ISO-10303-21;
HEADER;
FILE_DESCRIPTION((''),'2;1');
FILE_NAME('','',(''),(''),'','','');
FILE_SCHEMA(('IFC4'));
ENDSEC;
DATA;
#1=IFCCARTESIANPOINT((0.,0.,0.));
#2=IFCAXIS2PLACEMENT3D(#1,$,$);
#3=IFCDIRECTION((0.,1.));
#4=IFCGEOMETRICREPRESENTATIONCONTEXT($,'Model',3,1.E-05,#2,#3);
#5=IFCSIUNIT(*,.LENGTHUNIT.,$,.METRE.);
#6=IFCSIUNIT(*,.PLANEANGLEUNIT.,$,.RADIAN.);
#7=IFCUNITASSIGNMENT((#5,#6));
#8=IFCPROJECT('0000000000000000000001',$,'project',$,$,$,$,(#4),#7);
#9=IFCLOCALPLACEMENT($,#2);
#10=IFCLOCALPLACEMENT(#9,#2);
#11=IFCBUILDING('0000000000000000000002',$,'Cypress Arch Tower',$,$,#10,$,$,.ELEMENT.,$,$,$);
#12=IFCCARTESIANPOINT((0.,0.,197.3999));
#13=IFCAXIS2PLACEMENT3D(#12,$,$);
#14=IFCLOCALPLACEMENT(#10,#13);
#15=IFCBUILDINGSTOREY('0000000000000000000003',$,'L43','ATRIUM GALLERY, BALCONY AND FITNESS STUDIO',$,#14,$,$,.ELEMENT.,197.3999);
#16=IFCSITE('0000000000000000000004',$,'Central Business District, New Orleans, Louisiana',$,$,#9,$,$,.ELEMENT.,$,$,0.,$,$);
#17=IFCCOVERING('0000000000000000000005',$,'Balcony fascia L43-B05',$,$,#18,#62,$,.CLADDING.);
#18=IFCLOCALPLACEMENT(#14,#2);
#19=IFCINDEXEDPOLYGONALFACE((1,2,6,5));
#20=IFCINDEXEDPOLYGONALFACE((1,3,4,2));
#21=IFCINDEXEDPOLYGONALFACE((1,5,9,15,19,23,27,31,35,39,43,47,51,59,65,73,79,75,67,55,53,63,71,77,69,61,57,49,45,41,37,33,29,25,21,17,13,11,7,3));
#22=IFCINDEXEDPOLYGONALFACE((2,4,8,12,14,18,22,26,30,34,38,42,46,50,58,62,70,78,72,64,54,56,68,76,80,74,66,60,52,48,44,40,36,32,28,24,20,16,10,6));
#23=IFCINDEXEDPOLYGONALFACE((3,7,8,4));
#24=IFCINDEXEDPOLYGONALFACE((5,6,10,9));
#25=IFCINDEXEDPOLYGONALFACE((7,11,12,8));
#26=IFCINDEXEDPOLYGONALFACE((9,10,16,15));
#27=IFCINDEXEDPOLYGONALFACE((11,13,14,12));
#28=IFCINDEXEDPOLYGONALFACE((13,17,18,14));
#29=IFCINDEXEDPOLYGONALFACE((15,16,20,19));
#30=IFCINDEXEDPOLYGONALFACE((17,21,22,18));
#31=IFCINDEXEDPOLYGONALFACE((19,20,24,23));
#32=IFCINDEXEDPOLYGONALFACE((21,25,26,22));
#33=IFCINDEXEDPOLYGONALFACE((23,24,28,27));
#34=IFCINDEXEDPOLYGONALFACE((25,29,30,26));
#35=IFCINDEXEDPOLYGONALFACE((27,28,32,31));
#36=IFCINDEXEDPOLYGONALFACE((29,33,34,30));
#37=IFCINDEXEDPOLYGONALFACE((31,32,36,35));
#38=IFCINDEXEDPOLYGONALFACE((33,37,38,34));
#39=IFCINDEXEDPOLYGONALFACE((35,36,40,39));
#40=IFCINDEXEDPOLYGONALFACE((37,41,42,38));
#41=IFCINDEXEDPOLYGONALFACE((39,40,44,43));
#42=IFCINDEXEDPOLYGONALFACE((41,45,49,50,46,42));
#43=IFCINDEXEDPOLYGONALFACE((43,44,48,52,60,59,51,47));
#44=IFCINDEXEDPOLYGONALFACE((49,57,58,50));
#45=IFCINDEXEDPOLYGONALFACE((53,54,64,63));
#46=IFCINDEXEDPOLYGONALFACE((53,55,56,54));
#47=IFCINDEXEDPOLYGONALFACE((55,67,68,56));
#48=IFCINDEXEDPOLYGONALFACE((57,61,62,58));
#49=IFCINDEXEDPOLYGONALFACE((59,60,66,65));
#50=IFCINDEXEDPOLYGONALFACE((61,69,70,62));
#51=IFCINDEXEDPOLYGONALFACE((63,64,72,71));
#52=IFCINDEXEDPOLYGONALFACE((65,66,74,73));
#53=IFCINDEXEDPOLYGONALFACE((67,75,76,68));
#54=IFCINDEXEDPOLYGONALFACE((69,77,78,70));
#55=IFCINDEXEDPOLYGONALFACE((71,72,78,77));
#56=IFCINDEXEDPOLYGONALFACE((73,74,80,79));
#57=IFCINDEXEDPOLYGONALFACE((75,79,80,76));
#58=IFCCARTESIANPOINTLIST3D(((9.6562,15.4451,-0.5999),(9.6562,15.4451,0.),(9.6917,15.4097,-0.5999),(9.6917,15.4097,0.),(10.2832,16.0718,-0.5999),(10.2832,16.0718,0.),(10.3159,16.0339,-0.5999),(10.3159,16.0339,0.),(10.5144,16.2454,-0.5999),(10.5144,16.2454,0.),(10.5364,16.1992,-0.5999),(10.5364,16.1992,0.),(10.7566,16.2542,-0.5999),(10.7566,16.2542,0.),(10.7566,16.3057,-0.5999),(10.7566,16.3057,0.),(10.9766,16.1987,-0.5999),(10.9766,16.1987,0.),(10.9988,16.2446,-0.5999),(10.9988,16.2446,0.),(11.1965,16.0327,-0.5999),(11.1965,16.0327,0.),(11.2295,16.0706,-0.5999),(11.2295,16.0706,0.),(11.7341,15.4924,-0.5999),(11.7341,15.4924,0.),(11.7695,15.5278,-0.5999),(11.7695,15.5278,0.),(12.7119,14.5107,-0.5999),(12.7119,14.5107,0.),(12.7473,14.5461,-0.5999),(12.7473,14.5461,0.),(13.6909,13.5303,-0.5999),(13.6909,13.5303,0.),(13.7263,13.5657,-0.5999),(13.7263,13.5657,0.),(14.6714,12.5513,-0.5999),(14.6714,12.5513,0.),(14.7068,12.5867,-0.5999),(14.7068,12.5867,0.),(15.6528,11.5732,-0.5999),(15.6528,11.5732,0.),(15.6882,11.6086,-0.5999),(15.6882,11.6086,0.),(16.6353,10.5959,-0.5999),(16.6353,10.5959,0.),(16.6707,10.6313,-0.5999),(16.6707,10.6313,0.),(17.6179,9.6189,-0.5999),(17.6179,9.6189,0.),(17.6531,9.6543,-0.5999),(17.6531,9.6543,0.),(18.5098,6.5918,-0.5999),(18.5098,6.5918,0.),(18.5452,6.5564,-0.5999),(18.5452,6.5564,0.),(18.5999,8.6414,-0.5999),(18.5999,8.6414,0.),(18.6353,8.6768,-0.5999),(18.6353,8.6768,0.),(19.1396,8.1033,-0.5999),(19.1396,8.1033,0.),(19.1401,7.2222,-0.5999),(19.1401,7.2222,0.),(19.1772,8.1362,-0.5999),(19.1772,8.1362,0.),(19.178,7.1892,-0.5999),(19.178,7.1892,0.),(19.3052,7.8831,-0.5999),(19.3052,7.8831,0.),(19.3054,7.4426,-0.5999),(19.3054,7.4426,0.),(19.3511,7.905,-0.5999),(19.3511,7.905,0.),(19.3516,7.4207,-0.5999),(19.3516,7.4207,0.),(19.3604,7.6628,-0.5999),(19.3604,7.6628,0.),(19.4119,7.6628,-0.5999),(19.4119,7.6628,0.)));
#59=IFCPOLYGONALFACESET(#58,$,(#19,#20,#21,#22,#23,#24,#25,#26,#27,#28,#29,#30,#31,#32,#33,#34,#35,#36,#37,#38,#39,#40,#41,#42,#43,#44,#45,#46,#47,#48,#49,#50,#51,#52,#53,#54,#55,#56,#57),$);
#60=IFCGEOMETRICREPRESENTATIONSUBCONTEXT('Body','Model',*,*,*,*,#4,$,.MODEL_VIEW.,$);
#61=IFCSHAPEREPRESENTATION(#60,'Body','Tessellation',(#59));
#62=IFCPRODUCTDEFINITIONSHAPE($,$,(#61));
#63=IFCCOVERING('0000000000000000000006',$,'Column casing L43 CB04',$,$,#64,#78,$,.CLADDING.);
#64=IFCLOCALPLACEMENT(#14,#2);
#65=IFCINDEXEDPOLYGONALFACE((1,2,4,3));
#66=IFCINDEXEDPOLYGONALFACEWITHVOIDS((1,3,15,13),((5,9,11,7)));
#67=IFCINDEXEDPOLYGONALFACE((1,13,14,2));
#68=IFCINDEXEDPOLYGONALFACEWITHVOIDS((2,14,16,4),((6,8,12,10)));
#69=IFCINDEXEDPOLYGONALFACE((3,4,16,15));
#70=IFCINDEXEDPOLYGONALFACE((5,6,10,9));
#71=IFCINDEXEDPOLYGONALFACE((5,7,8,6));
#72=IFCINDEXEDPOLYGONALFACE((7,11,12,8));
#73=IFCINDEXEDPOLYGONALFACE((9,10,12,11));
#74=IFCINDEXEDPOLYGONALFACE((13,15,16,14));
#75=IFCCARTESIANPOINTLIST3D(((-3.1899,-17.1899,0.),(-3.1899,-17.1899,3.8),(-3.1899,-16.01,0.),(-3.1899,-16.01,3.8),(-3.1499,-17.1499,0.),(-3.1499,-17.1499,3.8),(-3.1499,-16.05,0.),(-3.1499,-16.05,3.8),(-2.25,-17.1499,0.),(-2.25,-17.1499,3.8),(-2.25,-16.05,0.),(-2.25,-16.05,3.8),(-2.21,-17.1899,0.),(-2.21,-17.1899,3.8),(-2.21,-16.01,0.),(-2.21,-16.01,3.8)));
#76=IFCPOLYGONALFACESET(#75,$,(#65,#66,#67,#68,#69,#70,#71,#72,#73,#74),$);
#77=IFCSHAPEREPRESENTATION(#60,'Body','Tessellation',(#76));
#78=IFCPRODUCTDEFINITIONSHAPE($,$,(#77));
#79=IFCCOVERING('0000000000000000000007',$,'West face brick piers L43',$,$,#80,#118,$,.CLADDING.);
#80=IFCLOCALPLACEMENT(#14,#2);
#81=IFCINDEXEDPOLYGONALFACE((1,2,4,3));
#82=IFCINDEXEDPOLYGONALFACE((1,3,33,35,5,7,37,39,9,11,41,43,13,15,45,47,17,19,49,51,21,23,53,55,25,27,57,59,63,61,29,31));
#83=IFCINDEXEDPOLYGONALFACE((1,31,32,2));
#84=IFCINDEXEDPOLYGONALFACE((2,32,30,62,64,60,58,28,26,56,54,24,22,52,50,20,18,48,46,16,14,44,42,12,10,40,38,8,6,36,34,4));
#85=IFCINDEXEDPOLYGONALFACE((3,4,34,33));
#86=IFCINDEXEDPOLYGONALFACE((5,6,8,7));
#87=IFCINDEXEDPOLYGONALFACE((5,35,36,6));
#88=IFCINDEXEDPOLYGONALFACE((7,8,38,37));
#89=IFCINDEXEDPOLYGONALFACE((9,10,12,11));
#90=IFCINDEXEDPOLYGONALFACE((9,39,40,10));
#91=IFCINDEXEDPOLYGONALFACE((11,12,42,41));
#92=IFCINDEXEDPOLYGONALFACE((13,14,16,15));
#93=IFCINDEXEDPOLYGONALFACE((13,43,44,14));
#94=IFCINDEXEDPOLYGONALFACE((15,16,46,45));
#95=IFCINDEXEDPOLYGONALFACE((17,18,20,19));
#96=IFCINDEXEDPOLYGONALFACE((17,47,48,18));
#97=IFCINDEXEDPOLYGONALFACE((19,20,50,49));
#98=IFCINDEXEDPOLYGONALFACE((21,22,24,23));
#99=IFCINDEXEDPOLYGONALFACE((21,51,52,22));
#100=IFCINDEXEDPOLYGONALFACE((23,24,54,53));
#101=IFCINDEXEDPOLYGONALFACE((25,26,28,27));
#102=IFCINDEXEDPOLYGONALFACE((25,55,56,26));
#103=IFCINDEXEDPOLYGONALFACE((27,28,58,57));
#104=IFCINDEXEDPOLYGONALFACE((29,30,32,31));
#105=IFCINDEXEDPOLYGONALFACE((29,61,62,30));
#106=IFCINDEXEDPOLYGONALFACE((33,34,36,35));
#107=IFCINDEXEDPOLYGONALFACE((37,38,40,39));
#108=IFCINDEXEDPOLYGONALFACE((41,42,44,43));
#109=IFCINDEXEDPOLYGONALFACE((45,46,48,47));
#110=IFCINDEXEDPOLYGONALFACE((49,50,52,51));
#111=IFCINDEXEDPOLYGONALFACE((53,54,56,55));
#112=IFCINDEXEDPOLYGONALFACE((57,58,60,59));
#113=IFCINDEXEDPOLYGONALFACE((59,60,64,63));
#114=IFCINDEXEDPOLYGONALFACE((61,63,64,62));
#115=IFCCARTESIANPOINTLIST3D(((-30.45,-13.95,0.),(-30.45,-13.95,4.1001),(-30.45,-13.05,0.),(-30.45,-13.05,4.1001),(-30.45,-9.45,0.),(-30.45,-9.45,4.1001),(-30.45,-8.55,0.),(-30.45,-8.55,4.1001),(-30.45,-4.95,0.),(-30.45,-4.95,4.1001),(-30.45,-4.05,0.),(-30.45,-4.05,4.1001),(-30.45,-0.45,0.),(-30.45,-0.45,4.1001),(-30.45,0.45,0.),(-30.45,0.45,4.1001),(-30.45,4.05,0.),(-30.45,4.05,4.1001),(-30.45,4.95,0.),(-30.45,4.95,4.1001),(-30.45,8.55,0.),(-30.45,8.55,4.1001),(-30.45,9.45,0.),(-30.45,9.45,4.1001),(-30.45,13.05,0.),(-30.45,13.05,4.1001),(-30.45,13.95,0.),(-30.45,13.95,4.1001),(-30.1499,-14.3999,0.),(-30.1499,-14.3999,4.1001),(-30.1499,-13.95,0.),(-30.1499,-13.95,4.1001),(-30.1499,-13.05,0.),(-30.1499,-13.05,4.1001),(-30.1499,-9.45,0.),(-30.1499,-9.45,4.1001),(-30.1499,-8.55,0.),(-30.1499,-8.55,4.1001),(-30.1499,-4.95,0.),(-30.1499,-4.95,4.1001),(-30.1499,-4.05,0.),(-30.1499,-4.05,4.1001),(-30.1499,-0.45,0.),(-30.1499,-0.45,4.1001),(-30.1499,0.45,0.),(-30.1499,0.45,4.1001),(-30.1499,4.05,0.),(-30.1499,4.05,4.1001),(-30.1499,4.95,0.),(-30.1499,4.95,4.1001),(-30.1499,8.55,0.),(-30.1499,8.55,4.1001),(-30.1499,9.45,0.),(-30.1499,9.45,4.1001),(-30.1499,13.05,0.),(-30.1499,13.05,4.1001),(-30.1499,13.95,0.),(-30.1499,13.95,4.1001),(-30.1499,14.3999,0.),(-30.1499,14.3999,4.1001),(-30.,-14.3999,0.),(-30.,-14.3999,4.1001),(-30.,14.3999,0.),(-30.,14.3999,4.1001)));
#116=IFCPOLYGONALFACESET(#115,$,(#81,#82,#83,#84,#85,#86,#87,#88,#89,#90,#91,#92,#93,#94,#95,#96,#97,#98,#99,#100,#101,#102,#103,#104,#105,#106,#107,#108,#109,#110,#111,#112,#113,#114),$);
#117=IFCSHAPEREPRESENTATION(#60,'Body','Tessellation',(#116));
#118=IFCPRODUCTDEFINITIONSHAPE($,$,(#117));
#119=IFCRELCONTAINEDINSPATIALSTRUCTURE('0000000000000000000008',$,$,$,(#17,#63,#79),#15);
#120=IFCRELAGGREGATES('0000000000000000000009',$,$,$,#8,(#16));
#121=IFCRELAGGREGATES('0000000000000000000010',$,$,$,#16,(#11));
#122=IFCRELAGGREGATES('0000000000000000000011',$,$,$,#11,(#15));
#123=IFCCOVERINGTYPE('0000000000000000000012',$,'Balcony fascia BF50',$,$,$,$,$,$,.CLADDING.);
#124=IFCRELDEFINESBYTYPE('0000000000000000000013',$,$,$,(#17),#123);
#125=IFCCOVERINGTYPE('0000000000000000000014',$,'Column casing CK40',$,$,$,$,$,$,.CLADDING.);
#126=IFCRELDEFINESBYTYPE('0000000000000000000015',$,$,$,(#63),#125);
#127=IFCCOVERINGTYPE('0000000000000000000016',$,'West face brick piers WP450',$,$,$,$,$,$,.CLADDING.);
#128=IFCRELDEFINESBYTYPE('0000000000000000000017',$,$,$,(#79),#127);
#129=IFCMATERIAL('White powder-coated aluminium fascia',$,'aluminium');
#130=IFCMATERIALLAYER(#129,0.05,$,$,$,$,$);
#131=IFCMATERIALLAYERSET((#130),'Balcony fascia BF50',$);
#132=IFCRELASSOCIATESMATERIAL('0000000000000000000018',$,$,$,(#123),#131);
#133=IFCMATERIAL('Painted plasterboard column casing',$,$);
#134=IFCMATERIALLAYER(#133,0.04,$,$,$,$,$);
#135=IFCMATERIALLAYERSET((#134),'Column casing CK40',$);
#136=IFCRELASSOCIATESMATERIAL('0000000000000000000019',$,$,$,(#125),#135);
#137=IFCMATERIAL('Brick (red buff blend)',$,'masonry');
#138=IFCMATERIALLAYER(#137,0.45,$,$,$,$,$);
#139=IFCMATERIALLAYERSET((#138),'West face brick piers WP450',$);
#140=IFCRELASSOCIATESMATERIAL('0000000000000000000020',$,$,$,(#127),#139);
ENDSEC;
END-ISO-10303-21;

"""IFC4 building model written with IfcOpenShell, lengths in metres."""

from ifc_helpers import new_model, si_unit, direction, frame, origin, place, context, subcontext, project, spatial, polyline, outline, extrude, material, layer, layer_set, type_object, element, save


model = new_model("IFC4")

# Units and contexts
model_context = context("Model", 3, precision=1e-05, world=origin(), true_north=direction((0.0, 1.0)))
body_context = subcontext(model_context, "Body", "Model", "MODEL_VIEW")
ifc_project = project(units=[si_unit("LENGTHUNIT", "METRE"), si_unit("PLANEANGLEUNIT", "RADIAN")], contexts=[model_context])

# Site, building, storey
site_placement = place(None, origin())
site = spatial("IfcSite", under=ifc_project, at=site_placement, Name="Central Business District, New Orleans, Louisiana", CompositionType="ELEMENT", RefElevation=0.0)
building_placement = place(site_placement, origin())
building = spatial("IfcBuilding", under=site, at=building_placement, Name="Cypress Arch Tower", CompositionType="ELEMENT")
storey_placement = place(building_placement, frame((0.0, 0.0, 197.3999)))
storey = spatial("IfcBuildingStorey", under=building, at=storey_placement, Name="L43", Description="ATRIUM GALLERY, BALCONY AND FITNESS STUDIO", CompositionType="ELEMENT", Elevation=197.3999)

# Coverings
ifc_material_1 = material(Name="White powder-coated aluminium fascia", Category="aluminium")
ifc_layer_1 = layer(ifc_material_1, 0.05)
ifc_layer_set_1 = layer_set([ifc_layer_1], Name="Balcony fascia BF50")
covering_type_1 = type_object("IfcCoveringType", Name="Balcony fascia BF50", PredefinedType="CLADDING", material=ifc_layer_set_1)
covering_1_placement = place(storey_placement, frame((0.0, 0.0, -0.5999)))
element("IfcCovering", 1, at=covering_1_placement, inside=storey, type_object=covering_type_1, Name="Balcony fascia L43-B05", PredefinedType="CLADDING", context=body_context, shape_type="SweptSolid", body=[
    extrude(outline(polyline([(10.2832, 16.0718), (10.5144, 16.2454), (10.7566, 16.3057), (10.9988, 16.2446), (11.2295, 16.0706), (11.7695, 15.5278), (12.7473, 14.5461), (13.7263, 13.5657), (14.7068, 12.5867), (15.6882, 11.6086), (16.6707, 10.6313), (17.6531, 9.6543), (18.6353, 8.6768), (19.1772, 8.1362), (19.3511, 7.905), (19.4119, 7.6628), (19.3516, 7.4207), (19.178, 7.1892), (18.5452, 6.5564), (18.5098, 6.5918), (19.1401, 7.2222), (19.3054, 7.4426), (19.3604, 7.6628), (19.3052, 7.8831), (19.1396, 8.1033), (18.5999, 8.6414), (17.6179, 9.6189), (16.6353, 10.5959), (15.6528, 11.5732), (14.6714, 12.5513), (13.6909, 13.5303), (12.7119, 14.5107), (11.7341, 15.4924), (11.1965, 16.0327), (10.9766, 16.1987), (10.7566, 16.2542), (10.5364, 16.1992), (10.3159, 16.0339), (9.6917, 15.4097), (9.6562, 15.4451), (10.2832, 16.0718)])), origin(), (0.0, 0.0, 1.0), 0.5999),
])
ifc_material_2 = material(Name="Painted plasterboard column casing")
ifc_layer_2 = layer(ifc_material_2, 0.04)
ifc_layer_set_2 = layer_set([ifc_layer_2], Name="Column casing CK40")
covering_type_2 = type_object("IfcCoveringType", Name="Column casing CK40", PredefinedType="CLADDING", material=ifc_layer_set_2)
covering_2_placement = place(storey_placement, origin())
element("IfcCovering", 2, at=covering_2_placement, inside=storey, type_object=covering_type_2, Name="Column casing L43 CB04", PredefinedType="CLADDING", context=body_context, shape_type="SweptSolid", body=[
    extrude(outline(polyline([(-3.1899, -17.1899), (-3.1899, -16.01), (-2.21, -16.01), (-2.21, -17.1899), (-3.1899, -17.1899)]), holes=[polyline([(-3.1499, -17.1499), (-2.25, -17.1499), (-2.25, -16.05), (-3.1499, -16.05), (-3.1499, -17.1499)])]), origin(), (0.0, 0.0, 1.0), 3.8),
])
ifc_material_3 = material(Name="Brick (red buff blend)", Category="masonry")
ifc_layer_3 = layer(ifc_material_3, 0.45)
ifc_layer_set_3 = layer_set([ifc_layer_3], Name="West face brick piers WP450")
covering_type_3 = type_object("IfcCoveringType", Name="West face brick piers WP450", PredefinedType="CLADDING", material=ifc_layer_set_3)
covering_3_placement = place(storey_placement, origin())
element("IfcCovering", 3, at=covering_3_placement, inside=storey, type_object=covering_type_3, Name="West face brick piers L43", PredefinedType="CLADDING", context=body_context, shape_type="SweptSolid", body=[
    extrude(outline(polyline([(-30.1499, -13.05), (-30.1499, -9.45), (-30.45, -9.45), (-30.45, -8.55), (-30.1499, -8.55), (-30.1499, -4.95), (-30.45, -4.95), (-30.45, -4.05), (-30.1499, -4.05), (-30.1499, -0.45), (-30.45, -0.45), (-30.45, 0.45), (-30.1499, 0.45), (-30.1499, 4.05), (-30.45, 4.05), (-30.45, 4.95), (-30.1499, 4.95), (-30.1499, 8.55), (-30.45, 8.55), (-30.45, 9.45), (-30.1499, 9.45), (-30.1499, 13.05), (-30.45, 13.05), (-30.45, 13.95), (-30.1499, 13.95), (-30.1499, 14.3999), (-30.0, 14.3999), (-30.0, -14.3999), (-30.1499, -14.3999), (-30.1499, -13.95), (-30.45, -13.95), (-30.45, -13.05), (-30.1499, -13.05)])), origin(), (0.0, 0.0, 1.0), 4.1001),
])

save(model, "model.ifc")
